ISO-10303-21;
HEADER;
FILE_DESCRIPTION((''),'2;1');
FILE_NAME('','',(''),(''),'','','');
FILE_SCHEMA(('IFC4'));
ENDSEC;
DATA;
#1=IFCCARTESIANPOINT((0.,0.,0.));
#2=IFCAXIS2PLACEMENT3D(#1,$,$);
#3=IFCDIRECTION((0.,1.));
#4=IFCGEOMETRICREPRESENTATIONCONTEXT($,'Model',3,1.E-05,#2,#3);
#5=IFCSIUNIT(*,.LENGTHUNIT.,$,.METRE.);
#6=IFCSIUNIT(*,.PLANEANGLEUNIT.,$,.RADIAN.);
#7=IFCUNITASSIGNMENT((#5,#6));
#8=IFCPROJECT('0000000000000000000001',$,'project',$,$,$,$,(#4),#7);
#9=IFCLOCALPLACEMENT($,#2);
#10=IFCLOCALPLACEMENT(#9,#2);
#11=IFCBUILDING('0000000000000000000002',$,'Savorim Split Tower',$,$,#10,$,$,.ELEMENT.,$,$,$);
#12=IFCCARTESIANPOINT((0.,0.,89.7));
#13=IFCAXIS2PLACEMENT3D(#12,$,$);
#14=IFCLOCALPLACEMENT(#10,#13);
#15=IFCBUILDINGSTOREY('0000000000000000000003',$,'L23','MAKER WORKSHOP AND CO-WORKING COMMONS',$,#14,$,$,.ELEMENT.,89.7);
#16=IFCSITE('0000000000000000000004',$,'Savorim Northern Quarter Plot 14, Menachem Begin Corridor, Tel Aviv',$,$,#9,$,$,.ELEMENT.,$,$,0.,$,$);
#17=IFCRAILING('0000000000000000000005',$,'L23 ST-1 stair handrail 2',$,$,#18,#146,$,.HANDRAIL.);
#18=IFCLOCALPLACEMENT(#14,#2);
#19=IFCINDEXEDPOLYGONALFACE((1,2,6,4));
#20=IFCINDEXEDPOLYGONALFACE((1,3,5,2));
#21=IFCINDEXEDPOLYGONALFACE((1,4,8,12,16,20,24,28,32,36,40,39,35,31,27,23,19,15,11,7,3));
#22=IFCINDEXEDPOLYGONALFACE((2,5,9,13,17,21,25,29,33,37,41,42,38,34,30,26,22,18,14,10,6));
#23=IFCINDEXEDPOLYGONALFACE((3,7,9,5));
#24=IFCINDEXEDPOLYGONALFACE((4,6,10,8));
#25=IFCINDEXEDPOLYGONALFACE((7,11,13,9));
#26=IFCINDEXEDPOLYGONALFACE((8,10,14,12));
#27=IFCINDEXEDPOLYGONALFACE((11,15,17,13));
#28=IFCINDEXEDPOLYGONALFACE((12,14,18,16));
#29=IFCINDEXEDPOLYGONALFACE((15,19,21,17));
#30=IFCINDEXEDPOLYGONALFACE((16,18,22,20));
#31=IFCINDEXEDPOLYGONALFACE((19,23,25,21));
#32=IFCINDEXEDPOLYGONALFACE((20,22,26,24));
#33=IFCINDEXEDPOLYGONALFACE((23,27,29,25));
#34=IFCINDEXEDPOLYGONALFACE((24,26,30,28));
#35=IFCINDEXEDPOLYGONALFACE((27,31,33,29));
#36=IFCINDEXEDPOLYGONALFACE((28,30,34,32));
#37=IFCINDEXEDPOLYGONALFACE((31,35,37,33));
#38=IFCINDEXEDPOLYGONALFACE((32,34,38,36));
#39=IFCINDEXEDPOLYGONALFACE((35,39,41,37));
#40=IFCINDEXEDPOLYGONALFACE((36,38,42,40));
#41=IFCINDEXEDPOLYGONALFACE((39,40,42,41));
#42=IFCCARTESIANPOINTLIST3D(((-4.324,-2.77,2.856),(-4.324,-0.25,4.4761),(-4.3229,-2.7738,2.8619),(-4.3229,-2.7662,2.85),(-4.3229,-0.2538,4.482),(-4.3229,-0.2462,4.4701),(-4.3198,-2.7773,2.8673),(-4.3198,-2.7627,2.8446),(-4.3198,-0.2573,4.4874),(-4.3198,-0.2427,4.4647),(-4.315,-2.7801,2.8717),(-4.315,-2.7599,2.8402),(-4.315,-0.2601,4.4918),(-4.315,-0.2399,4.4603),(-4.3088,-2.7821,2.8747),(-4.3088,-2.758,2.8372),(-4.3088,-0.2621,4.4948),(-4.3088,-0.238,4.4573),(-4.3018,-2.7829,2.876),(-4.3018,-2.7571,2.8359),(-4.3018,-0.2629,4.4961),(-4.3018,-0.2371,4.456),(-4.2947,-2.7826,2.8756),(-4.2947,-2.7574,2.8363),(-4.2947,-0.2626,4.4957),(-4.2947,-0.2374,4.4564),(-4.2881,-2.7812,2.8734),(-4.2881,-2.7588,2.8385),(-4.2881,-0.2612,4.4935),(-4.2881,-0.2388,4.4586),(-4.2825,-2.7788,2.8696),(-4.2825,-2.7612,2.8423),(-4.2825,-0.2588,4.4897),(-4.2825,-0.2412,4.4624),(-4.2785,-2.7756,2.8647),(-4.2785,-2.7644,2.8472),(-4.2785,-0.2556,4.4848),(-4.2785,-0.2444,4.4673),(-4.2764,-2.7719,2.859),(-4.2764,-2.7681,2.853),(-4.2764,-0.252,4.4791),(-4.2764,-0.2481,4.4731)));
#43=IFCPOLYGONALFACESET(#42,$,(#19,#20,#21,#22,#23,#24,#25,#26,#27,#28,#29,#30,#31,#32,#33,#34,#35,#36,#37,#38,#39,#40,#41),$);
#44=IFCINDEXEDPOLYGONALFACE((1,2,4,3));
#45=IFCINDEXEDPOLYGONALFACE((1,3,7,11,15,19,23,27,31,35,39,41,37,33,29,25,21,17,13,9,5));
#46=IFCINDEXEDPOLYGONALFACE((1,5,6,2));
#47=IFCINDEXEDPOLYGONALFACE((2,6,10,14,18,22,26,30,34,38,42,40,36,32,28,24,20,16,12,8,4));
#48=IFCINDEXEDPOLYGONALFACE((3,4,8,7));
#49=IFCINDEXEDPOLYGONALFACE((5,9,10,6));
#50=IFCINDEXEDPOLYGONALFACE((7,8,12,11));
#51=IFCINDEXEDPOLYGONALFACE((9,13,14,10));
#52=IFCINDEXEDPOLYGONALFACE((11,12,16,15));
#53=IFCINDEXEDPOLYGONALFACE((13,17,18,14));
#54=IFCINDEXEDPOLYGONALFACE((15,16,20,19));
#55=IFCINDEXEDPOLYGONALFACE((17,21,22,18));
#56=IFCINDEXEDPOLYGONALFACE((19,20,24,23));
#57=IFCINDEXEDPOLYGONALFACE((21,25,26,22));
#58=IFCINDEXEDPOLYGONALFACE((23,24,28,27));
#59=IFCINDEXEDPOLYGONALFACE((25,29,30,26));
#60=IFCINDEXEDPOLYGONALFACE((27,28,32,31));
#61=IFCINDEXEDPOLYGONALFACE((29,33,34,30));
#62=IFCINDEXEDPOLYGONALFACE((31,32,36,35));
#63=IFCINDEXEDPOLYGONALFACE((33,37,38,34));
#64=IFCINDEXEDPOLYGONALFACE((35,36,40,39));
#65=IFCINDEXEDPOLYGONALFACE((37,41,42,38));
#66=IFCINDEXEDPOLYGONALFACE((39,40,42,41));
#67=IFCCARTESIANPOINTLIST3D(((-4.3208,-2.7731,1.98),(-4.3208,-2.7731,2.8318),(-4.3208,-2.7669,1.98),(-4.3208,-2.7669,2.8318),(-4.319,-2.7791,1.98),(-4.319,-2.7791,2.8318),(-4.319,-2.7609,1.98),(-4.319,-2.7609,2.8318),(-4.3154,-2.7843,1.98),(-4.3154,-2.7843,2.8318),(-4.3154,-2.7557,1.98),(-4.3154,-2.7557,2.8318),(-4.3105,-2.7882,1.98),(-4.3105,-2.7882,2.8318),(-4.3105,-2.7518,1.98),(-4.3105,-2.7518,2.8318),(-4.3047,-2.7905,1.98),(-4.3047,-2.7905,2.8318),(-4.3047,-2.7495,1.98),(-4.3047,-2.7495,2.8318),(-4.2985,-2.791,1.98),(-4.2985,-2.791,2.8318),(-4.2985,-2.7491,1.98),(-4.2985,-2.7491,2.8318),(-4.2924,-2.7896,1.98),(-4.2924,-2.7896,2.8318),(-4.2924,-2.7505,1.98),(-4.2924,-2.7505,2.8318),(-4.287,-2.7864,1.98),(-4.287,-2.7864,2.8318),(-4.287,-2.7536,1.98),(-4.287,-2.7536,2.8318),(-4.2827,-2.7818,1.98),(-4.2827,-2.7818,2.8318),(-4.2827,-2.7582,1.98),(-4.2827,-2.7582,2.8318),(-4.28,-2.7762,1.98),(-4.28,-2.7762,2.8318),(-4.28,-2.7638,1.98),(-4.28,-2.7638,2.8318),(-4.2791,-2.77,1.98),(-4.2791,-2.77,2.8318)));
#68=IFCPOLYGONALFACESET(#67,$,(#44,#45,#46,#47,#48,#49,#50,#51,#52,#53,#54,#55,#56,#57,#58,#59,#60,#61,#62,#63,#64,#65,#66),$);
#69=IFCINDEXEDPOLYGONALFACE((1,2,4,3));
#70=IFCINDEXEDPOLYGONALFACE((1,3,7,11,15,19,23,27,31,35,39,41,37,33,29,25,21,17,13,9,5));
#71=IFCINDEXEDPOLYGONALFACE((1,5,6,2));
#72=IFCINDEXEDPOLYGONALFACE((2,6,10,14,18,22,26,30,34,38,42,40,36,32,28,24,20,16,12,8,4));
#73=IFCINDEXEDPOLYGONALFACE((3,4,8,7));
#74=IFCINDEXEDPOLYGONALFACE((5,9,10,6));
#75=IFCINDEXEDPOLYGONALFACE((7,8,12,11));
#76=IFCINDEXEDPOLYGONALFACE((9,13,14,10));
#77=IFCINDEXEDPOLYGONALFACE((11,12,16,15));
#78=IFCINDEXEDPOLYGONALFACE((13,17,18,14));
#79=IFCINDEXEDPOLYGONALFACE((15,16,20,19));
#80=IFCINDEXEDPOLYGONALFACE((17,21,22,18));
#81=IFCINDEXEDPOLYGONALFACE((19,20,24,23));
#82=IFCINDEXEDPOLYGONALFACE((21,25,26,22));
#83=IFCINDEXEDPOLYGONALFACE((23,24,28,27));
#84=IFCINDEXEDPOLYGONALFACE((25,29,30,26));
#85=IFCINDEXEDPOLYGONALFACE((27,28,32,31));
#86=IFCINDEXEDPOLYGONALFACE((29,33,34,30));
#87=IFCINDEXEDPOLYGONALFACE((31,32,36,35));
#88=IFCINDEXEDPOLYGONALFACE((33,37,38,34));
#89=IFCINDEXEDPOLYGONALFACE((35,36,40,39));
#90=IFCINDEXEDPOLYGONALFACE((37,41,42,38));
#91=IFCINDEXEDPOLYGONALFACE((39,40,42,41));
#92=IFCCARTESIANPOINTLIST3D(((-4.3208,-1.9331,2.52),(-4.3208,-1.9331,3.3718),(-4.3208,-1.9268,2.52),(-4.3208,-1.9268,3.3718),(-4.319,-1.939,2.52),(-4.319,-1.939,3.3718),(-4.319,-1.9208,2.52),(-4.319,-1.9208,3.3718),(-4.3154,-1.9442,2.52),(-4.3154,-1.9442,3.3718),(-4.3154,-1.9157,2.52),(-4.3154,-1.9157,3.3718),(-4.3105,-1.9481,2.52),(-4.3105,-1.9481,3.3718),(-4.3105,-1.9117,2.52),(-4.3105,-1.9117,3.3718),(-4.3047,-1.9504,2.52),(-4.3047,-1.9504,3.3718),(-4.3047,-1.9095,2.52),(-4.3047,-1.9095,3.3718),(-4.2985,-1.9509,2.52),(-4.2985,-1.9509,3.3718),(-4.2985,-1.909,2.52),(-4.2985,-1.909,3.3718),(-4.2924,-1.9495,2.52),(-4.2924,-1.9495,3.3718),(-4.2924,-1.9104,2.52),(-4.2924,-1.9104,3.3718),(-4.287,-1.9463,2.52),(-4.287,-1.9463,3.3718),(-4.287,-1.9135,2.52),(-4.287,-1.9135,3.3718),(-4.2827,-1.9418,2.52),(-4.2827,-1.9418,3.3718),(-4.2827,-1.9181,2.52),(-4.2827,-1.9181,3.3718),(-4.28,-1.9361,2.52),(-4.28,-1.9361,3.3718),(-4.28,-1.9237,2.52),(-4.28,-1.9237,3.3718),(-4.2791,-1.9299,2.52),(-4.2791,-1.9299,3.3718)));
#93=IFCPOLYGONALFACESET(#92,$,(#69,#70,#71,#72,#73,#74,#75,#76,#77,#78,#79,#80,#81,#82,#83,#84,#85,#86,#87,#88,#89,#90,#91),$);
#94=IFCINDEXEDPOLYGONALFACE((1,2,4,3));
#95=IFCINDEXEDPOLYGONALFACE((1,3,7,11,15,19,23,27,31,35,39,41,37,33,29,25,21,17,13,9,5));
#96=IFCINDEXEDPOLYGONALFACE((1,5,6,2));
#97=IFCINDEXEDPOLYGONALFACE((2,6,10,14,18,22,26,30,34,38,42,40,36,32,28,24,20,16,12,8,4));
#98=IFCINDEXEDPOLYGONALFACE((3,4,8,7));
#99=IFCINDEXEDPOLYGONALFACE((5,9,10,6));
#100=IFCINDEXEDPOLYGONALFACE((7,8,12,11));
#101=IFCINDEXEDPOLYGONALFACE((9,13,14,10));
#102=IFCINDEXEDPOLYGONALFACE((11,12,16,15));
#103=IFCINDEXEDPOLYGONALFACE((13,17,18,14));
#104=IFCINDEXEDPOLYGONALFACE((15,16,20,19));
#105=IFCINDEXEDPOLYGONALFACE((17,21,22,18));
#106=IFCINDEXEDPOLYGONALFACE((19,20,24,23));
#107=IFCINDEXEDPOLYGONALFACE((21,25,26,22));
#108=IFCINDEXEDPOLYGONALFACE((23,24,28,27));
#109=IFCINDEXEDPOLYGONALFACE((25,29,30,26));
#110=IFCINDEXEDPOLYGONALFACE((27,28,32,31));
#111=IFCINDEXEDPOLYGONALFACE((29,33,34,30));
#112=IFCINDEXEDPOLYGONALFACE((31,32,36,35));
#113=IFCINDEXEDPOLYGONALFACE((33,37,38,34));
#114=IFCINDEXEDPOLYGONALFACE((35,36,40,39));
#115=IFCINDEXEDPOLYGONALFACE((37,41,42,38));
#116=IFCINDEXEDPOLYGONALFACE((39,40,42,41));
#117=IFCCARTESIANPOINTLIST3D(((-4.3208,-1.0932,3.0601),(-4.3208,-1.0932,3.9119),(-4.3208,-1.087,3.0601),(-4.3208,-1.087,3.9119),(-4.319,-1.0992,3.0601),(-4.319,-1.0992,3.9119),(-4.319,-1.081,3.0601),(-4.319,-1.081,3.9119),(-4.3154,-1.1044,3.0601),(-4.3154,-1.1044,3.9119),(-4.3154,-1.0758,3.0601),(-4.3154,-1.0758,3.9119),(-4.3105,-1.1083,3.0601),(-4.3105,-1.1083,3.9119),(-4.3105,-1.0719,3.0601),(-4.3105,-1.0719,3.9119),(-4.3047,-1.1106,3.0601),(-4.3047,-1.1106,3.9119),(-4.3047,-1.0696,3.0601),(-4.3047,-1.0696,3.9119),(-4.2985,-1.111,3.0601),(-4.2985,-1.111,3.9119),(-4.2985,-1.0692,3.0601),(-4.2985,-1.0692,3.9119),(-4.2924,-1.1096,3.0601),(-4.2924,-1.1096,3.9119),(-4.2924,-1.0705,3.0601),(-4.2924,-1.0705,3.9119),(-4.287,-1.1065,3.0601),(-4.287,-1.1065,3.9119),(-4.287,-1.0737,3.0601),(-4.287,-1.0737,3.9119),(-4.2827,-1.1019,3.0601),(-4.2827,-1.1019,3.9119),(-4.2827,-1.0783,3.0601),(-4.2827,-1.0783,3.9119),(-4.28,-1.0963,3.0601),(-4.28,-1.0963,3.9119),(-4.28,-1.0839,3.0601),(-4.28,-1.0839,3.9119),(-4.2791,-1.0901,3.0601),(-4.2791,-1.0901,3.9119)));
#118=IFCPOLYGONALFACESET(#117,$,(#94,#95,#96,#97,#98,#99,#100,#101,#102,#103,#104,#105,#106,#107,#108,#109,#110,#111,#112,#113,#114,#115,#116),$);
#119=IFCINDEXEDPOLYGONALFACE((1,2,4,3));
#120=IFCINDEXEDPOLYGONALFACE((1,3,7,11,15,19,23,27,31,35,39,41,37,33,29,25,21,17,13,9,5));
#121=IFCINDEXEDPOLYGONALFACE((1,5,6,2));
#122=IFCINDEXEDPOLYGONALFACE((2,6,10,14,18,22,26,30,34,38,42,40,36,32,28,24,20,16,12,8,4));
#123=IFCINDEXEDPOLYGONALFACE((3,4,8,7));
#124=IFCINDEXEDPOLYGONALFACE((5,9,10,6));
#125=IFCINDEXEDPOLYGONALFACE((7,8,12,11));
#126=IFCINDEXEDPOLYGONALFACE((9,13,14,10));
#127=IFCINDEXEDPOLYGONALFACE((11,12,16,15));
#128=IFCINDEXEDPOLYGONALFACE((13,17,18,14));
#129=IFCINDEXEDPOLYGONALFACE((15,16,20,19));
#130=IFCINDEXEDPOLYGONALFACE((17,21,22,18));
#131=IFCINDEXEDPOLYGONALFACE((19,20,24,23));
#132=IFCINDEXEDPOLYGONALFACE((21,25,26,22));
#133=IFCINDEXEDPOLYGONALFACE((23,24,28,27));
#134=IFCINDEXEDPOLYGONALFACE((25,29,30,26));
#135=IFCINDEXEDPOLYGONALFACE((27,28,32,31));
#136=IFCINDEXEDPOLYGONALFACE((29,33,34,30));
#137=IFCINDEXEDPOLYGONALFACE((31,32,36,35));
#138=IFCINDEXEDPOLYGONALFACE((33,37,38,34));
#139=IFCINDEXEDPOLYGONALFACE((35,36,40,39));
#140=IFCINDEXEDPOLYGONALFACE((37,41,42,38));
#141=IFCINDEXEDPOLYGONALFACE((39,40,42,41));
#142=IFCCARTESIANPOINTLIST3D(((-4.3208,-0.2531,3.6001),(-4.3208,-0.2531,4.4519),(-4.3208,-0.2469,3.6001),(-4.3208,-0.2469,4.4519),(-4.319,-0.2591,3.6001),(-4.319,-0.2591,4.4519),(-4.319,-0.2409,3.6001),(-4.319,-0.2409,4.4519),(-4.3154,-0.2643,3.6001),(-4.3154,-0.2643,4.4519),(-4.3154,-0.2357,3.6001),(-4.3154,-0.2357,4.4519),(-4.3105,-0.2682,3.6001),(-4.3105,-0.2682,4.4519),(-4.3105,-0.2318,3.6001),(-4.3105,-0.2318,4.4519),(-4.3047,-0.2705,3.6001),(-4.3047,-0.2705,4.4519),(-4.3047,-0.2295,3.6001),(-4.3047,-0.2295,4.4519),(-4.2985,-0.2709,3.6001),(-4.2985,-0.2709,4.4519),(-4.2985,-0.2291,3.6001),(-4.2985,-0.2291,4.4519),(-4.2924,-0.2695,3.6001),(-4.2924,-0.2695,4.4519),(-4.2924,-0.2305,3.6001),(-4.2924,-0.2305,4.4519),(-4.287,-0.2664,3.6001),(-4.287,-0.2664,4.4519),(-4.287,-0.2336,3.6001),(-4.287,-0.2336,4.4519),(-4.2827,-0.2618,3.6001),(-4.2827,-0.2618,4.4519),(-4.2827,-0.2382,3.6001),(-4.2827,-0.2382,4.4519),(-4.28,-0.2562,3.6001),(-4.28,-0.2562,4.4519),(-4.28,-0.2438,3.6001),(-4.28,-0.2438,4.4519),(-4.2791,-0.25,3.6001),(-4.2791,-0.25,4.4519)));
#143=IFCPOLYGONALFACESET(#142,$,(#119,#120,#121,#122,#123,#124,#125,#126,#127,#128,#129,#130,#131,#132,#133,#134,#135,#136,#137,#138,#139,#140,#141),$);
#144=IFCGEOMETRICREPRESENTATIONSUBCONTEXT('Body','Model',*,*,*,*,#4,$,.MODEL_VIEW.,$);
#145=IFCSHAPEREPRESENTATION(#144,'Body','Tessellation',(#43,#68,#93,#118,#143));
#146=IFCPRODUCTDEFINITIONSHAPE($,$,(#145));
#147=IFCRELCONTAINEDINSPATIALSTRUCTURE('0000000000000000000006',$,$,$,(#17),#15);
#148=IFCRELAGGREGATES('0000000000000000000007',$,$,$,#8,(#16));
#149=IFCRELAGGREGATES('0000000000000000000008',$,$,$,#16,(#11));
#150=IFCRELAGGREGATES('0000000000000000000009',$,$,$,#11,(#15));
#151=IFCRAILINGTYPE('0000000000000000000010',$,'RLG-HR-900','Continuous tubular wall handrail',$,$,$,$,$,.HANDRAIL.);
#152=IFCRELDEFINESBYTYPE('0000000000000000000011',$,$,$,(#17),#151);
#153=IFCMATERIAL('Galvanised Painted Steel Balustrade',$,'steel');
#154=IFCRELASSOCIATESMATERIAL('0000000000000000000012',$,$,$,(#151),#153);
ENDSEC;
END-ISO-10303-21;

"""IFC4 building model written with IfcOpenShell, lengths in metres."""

from ifc_helpers import new_model, si_unit, direction, frame, origin, origin_2d, place, context, subcontext, project, spatial, circle, extrude, material, type_object, element, save


model = new_model("IFC4")

# Units and contexts
model_context = context("Model", 3, precision=1e-05, world=origin(), true_north=direction((0.0, 1.0)))
body_context = subcontext(model_context, "Body", "Model", "MODEL_VIEW")
ifc_project = project(units=[si_unit("LENGTHUNIT", "METRE"), si_unit("PLANEANGLEUNIT", "RADIAN")], contexts=[model_context])

# Site, building, storey
site_placement = place(None, origin())
site = spatial("IfcSite", under=ifc_project, at=site_placement, Name="Savorim Northern Quarter Plot 14, Menachem Begin Corridor, Tel Aviv", CompositionType="ELEMENT", RefElevation=0.0)
building_placement = place(site_placement, origin())
building = spatial("IfcBuilding", under=site, at=building_placement, Name="Savorim Split Tower", CompositionType="ELEMENT")
storey_placement = place(building_placement, frame((0.0, 0.0, 89.7)))
storey = spatial("IfcBuildingStorey", under=building, at=storey_placement, Name="L23", Description="MAKER WORKSHOP AND CO-WORKING COMMONS", CompositionType="ELEMENT", Elevation=89.7)

# Railing
ifc_material_1 = material(Name="Galvanised Painted Steel Balustrade", Category="steel")
railing_type = type_object("IfcRailingType", Name="RLG-HR-900", Description="Continuous tubular wall handrail", PredefinedType="HANDRAIL", material=ifc_material_1)
railing_placement = place(storey_placement, frame((-4.3, -2.77, 1.98)))
element("IfcRailing", 1, at=railing_placement, inside=storey, type_object=railing_type, Name="L23 ST-1 stair handrail 2", PredefinedType="HANDRAIL", context=body_context, shape_type="SweptSolid", body=[
    extrude(circle(Radius=0.0239, at=origin_2d()), frame((0.0, 0.0, 0.876), z_axis=(0.0, 0.841163, 0.540782), x_axis=(-1.0, 0.0, 0.0)), (0.0, 0.0, 1.0), 2.9958),
    extrude(circle(Radius=0.021, at=origin_2d()), origin(), (0.0, 0.0, 1.0), 0.8518),
    extrude(circle(Radius=0.021, at=origin_2d()), frame((0.0, 0.8401, 0.54)), (0.0, 0.0, 1.0), 0.8518),
    extrude(circle(Radius=0.021, at=origin_2d()), frame((0.0, 1.6799, 1.0801)), (0.0, 0.0, 1.0), 0.8518),
    extrude(circle(Radius=0.021, at=origin_2d()), frame((0.0, 2.52, 1.6201)), (0.0, 0.0, 1.0), 0.8518),
])

save(model, "model.ifc")
